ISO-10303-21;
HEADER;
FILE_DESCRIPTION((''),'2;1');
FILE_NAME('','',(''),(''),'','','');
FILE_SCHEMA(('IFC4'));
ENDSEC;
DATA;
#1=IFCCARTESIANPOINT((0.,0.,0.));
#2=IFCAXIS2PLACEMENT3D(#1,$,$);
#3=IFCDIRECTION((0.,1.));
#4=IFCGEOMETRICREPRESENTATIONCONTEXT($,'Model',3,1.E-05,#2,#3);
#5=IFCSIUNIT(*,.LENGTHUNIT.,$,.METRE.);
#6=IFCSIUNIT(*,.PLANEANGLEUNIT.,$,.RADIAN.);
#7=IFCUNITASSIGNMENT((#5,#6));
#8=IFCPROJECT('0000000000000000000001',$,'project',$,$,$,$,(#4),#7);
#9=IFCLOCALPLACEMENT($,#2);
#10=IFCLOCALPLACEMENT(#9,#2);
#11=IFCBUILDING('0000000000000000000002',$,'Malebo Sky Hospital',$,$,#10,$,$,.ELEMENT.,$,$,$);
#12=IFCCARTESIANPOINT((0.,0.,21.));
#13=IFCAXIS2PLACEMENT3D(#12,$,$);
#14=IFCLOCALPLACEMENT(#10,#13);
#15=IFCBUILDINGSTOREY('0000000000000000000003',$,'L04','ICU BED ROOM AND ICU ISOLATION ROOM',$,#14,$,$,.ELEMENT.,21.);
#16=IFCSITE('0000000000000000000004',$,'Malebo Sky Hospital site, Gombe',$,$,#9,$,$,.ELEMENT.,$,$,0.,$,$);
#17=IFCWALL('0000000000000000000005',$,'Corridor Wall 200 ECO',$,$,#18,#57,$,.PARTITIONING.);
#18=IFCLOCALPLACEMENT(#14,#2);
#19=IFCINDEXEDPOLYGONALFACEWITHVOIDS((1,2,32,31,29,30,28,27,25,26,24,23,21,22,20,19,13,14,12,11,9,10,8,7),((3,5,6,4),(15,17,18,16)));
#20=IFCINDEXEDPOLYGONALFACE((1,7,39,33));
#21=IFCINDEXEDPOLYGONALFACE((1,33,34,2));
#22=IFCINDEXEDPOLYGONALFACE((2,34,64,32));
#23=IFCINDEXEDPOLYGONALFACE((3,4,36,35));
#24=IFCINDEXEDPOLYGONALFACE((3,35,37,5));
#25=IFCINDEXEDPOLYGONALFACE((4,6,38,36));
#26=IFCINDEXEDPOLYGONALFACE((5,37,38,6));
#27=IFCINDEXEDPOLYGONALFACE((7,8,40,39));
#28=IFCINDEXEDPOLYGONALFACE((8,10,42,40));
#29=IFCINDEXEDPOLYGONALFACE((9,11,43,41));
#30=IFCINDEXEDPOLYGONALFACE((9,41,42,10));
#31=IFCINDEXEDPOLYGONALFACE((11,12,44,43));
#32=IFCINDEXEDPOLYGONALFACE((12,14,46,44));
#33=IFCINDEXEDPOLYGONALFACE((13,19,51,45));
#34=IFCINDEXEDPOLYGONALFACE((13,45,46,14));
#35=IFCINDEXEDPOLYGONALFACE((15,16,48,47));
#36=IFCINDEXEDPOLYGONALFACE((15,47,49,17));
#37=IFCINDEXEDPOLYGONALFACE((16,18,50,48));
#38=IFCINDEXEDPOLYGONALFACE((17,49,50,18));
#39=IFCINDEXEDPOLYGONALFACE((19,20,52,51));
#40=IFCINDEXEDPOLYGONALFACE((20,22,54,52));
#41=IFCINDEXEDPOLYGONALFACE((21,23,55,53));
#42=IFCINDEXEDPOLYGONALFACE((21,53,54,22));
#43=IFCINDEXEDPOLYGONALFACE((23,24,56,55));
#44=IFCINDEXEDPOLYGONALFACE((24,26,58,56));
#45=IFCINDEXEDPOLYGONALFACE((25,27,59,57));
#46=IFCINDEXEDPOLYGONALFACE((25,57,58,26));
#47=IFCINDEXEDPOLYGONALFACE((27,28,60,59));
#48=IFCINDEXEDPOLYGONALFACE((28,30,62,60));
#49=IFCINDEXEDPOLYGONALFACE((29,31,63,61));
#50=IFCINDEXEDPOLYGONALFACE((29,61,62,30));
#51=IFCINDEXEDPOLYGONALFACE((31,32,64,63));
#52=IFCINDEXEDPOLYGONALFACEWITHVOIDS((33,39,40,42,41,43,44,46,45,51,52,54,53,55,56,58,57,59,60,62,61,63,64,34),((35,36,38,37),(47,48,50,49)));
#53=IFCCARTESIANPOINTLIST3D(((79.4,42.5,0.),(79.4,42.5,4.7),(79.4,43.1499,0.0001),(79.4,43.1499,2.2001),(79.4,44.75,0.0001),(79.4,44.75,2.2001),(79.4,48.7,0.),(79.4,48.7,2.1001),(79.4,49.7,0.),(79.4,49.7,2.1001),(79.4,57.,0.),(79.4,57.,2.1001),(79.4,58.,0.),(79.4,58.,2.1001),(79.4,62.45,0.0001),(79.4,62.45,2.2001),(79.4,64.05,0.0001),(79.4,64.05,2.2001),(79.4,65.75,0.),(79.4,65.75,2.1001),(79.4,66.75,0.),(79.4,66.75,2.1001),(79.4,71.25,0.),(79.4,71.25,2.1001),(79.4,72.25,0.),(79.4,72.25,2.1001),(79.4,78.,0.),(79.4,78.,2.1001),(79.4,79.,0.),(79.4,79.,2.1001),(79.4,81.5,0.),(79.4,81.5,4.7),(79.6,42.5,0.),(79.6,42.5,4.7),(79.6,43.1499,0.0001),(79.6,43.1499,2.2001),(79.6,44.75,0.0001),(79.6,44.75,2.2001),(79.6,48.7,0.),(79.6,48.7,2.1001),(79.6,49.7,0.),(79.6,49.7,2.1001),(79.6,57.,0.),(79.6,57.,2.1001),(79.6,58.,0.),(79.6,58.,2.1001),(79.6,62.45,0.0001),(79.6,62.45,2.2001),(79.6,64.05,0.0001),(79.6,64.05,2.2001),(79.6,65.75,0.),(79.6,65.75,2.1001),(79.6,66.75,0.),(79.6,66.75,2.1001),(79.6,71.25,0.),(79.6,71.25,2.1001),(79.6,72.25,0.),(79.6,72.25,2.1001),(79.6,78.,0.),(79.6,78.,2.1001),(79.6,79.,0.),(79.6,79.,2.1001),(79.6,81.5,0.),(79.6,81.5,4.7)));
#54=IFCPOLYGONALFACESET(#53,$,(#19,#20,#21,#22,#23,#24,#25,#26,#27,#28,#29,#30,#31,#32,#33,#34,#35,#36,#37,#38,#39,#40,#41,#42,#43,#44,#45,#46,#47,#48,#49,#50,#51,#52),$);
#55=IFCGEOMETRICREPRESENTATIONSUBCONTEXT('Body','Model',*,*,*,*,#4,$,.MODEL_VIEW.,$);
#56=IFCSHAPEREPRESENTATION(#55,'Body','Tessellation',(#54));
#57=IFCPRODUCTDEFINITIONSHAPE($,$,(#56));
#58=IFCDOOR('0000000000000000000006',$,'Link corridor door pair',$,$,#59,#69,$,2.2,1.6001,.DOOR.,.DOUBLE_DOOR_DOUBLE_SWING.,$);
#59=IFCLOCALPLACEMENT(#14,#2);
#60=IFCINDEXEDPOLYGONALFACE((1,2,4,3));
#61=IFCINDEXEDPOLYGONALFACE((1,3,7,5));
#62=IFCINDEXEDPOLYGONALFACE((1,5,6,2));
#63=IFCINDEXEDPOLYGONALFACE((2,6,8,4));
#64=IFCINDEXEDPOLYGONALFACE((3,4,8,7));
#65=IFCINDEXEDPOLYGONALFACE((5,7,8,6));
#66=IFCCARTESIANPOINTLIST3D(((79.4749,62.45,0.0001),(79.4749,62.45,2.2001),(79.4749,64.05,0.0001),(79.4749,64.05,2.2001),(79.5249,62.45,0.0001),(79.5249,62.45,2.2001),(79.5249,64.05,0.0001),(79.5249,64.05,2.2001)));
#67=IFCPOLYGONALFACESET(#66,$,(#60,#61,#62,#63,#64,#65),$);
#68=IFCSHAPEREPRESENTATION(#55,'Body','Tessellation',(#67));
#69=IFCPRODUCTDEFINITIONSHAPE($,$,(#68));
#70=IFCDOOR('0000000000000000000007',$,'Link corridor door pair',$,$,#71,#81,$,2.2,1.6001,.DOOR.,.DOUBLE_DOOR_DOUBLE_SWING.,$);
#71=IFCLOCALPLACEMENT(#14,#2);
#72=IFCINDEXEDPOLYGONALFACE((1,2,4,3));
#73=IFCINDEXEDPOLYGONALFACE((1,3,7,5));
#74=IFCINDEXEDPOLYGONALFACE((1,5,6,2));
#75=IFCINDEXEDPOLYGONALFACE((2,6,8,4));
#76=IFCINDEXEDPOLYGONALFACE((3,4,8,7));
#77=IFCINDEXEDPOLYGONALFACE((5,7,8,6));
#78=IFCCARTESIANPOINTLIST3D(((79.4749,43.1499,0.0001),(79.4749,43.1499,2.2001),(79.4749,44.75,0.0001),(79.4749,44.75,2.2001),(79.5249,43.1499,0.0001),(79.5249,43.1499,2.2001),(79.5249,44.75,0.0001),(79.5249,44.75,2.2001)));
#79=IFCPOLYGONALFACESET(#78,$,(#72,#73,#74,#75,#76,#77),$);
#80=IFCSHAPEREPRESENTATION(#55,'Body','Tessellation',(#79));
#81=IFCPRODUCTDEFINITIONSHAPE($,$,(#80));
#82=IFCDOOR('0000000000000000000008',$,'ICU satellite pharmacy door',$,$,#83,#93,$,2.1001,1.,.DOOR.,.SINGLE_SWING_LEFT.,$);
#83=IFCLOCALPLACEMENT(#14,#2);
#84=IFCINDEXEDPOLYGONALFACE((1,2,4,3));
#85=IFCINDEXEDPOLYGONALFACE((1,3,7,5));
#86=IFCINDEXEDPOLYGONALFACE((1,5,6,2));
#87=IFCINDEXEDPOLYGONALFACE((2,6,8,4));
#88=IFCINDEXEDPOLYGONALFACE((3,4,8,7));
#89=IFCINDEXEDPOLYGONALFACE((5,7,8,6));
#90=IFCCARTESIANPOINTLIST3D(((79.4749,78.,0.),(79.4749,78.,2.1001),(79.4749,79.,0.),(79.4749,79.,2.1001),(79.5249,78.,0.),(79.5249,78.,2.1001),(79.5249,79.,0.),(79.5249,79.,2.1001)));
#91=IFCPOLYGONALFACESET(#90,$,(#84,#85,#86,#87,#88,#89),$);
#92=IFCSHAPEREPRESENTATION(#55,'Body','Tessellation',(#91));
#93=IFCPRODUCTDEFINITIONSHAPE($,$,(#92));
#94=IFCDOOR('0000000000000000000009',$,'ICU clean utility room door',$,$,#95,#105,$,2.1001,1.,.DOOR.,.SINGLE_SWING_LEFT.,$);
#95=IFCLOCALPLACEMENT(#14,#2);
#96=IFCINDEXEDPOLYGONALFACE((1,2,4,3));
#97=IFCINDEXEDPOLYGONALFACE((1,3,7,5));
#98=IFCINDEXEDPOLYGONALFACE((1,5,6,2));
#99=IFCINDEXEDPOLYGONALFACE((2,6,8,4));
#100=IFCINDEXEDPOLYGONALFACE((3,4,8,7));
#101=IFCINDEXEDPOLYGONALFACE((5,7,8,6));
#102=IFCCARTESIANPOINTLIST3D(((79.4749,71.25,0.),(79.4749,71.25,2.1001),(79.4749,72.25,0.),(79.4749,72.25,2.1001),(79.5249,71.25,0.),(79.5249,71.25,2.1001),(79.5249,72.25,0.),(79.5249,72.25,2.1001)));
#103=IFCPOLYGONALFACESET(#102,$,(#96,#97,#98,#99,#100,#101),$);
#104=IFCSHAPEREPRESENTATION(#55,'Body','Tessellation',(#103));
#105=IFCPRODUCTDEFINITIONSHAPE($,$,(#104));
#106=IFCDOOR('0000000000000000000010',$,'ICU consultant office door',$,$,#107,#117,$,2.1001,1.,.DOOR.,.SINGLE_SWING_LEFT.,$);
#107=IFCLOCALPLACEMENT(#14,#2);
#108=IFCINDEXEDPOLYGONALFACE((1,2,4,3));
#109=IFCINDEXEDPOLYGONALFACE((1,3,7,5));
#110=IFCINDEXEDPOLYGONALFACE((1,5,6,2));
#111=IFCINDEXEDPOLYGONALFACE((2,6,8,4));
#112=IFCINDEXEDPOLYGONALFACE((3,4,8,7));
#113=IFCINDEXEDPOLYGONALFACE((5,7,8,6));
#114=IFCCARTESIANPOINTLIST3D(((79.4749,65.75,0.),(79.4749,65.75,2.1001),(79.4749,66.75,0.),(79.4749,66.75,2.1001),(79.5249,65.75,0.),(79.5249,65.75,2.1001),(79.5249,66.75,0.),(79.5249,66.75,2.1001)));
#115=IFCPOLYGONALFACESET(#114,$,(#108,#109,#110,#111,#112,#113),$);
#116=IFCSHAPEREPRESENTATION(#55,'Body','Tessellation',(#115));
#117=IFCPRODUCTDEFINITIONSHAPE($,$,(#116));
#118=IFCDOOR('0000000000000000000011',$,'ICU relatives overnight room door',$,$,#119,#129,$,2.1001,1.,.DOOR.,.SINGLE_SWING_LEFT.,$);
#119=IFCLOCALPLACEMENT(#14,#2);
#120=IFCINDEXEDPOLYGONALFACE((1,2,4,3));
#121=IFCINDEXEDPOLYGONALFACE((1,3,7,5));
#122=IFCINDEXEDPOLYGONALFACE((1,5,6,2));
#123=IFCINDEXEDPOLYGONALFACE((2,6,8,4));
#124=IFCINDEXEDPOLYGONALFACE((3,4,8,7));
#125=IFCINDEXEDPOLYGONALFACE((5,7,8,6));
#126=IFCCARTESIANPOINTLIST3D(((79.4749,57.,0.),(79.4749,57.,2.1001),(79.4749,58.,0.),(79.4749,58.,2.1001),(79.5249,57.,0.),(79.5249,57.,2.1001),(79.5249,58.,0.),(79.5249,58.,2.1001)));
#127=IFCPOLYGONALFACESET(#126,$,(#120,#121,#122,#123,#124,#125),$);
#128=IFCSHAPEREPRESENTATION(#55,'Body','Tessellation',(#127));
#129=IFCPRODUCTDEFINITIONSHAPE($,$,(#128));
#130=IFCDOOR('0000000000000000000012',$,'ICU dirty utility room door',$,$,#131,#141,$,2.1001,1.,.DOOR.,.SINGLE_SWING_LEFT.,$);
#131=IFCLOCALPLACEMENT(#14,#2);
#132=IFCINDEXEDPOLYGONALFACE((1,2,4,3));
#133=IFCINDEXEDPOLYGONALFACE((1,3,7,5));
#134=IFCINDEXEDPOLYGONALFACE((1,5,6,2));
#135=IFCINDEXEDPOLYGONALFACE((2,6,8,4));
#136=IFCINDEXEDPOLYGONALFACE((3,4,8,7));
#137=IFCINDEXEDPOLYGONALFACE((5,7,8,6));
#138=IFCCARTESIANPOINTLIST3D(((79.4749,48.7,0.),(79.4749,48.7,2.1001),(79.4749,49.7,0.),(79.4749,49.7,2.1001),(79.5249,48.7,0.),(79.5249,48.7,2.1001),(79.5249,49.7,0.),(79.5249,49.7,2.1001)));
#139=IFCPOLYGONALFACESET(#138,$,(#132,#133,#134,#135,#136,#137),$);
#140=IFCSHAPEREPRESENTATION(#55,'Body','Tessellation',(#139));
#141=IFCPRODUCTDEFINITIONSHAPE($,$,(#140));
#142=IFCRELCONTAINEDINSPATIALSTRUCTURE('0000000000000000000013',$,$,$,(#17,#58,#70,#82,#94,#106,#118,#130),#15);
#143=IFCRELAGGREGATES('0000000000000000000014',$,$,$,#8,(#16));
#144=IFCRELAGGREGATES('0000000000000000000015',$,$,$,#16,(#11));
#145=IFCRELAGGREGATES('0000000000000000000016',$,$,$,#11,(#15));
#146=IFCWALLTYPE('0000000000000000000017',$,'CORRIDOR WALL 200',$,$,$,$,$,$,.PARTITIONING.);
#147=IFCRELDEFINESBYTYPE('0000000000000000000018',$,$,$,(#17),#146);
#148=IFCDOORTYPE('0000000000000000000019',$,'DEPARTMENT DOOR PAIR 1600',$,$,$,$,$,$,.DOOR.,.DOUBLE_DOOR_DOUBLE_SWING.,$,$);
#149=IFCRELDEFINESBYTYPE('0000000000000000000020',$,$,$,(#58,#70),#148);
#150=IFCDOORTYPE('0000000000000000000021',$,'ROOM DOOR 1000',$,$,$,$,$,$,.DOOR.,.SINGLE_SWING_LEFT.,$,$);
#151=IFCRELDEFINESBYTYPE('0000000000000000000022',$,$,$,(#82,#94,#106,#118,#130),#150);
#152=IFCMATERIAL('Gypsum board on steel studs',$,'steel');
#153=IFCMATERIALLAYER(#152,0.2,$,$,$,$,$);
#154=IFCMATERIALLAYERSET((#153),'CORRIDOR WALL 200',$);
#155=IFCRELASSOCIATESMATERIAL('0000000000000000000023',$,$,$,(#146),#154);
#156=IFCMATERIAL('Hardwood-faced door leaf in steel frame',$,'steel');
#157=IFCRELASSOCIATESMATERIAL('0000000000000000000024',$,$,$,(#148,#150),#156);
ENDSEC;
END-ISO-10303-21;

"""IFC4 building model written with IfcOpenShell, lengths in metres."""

from ifc_helpers import new_model, si_unit, direction, frame, frame_2d, origin, place, context, subcontext, project, spatial, rectangle, extrude, material, layer, layer_set, type_object, element, fill, save


model = new_model("IFC4")

# Units and contexts
model_context = context("Model", 3, precision=1e-05, world=origin(), true_north=direction((0.0, 1.0)))
body_context = subcontext(model_context, "Body", "Model", "MODEL_VIEW")
ifc_project = project(units=[si_unit("LENGTHUNIT", "METRE"), si_unit("PLANEANGLEUNIT", "RADIAN")], contexts=[model_context])

# Site, building, storey
site_placement = place(None, origin())
site = spatial("IfcSite", under=ifc_project, at=site_placement, Name="Malebo Sky Hospital site, Gombe", CompositionType="ELEMENT", RefElevation=0.0)
building_placement = place(site_placement, origin())
building = spatial("IfcBuilding", under=site, at=building_placement, Name="Malebo Sky Hospital", CompositionType="ELEMENT")
storey_placement = place(building_placement, frame((0.0, 0.0, 21.0)))
storey = spatial("IfcBuildingStorey", under=building, at=storey_placement, Name="L04", Description="ICU BED ROOM AND ICU ISOLATION ROOM", CompositionType="ELEMENT", Elevation=21.0)

# Wall, openings, doors
ifc_material_1 = material(Name="Gypsum board on steel studs", Category="steel")
ifc_layer_1 = layer(ifc_material_1, 0.2)
ifc_layer_set_1 = layer_set([ifc_layer_1], Name="CORRIDOR WALL 200")
wall_type_1 = type_object("IfcWallType", Name="CORRIDOR WALL 200", PredefinedType="PARTITIONING", material=ifc_layer_set_1)
wall_1_placement = place(storey_placement, frame((79.5, 81.5, 0.0), z_axis=(0.0, 0.0, 1.0), x_axis=(0.0, -1.0, 0.0)))
wall_1 = element("IfcWall", 1, at=wall_1_placement, inside=storey, type_object=wall_type_1, Name="Corridor Wall 200 ECO", PredefinedType="PARTITIONING", context=body_context, shape_type="SweptSolid", body=[
    extrude(rectangle(XDim=39.0, YDim=0.2, at=frame_2d((19.5, 0.0))), origin(), (0.0, 0.0, 1.0), 4.7),
])
opening_1_placement = place(wall_1_placement, frame((2.5, 0.0, 0.0)))
opening_1 = element("IfcOpeningElement", 2, at=opening_1_placement, cuts=wall_1, PredefinedType="OPENING", context=body_context, shape_type="SweptSolid", body=[
    extrude(rectangle(XDim=1.0, YDim=2.1001, at=frame_2d((0.5, 1.05))), frame((0.0, 0.1099, 0.0), z_axis=(0.0, -1.0, 0.0), x_axis=(1.0, 0.0, 0.0)), (0.0, 0.0, 1.0), 0.22),
])
opening_2_placement = place(wall_1_placement, frame((9.25, 0.0, 0.0)))
opening_2 = element("IfcOpeningElement", 3, at=opening_2_placement, cuts=wall_1, PredefinedType="OPENING", context=body_context, shape_type="SweptSolid", body=[
    extrude(rectangle(XDim=1.0, YDim=2.1001, at=frame_2d((0.5, 1.05))), frame((0.0, 0.1099, 0.0), z_axis=(0.0, -1.0, 0.0), x_axis=(1.0, 0.0, 0.0)), (0.0, 0.0, 1.0), 0.22),
])
opening_3_placement = place(wall_1_placement, frame((14.75, 0.0, 0.0)))
opening_3 = element("IfcOpeningElement", 4, at=opening_3_placement, cuts=wall_1, PredefinedType="OPENING", context=body_context, shape_type="SweptSolid", body=[
    extrude(rectangle(XDim=1.0, YDim=2.1001, at=frame_2d((0.5, 1.05))), frame((0.0, 0.1099, 0.0), z_axis=(0.0, -1.0, 0.0), x_axis=(1.0, 0.0, 0.0)), (0.0, 0.0, 1.0), 0.22),
])
opening_4_placement = place(wall_1_placement, frame((17.45, 0.0, 0.0)))
opening_4 = element("IfcOpeningElement", 5, at=opening_4_placement, cuts=wall_1, PredefinedType="OPENING", context=body_context, shape_type="SweptSolid", body=[
    extrude(rectangle(XDim=1.6001, YDim=2.2, at=frame_2d((0.8, 1.1001))), frame((0.0, 0.1099, 0.0), z_axis=(0.0, -1.0, 0.0), x_axis=(1.0, 0.0, 0.0)), (0.0, 0.0, 1.0), 0.22),
])
opening_5_placement = place(wall_1_placement, frame((23.5, 0.0, 0.0)))
opening_5 = element("IfcOpeningElement", 6, at=opening_5_placement, cuts=wall_1, PredefinedType="OPENING", context=body_context, shape_type="SweptSolid", body=[
    extrude(rectangle(XDim=1.0, YDim=2.1001, at=frame_2d((0.5, 1.05))), frame((0.0, 0.1099, 0.0), z_axis=(0.0, -1.0, 0.0), x_axis=(1.0, 0.0, 0.0)), (0.0, 0.0, 1.0), 0.22),
])
opening_6_placement = place(wall_1_placement, frame((31.8, 0.0, 0.0)))
opening_6 = element("IfcOpeningElement", 7, at=opening_6_placement, cuts=wall_1, PredefinedType="OPENING", context=body_context, shape_type="SweptSolid", body=[
    extrude(rectangle(XDim=1.0, YDim=2.1001, at=frame_2d((0.5, 1.05))), frame((0.0, 0.1099, 0.0), z_axis=(0.0, -1.0, 0.0), x_axis=(1.0, 0.0, 0.0)), (0.0, 0.0, 1.0), 0.22),
])
opening_7_placement = place(wall_1_placement, frame((36.75, 0.0, 0.0)))
opening_7 = element("IfcOpeningElement", 8, at=opening_7_placement, cuts=wall_1, PredefinedType="OPENING", context=body_context, shape_type="SweptSolid", body=[
    extrude(rectangle(XDim=1.6001, YDim=2.2, at=frame_2d((0.8, 1.1001))), frame((0.0, 0.1099, 0.0), z_axis=(0.0, -1.0, 0.0), x_axis=(1.0, 0.0, 0.0)), (0.0, 0.0, 1.0), 0.22),
])
ifc_material_2 = material(Name="Hardwood-faced door leaf in steel frame", Category="steel")
door_type_1 = type_object("IfcDoorType", Name="DEPARTMENT DOOR PAIR 1600", OperationType="DOUBLE_DOOR_DOUBLE_SWING", PredefinedType="DOOR", material=ifc_material_2)
door_1_placement = place(opening_4_placement, origin())
door_1 = element("IfcDoor", 9, at=door_1_placement, inside=storey, type_object=door_type_1, Name="Link corridor door pair", OperationType="DOUBLE_DOOR_DOUBLE_SWING", OverallHeight=2.2, OverallWidth=1.6001, PredefinedType="DOOR", context=body_context, shape_type="SweptSolid", body=[
    extrude(rectangle(XDim=1.6001, YDim=2.2, at=frame_2d((0.8, 1.1001))), frame((0.0, 0.0249, 0.0), z_axis=(0.0, -1.0, 0.0), x_axis=(1.0, 0.0, 0.0)), (0.0, 0.0, 1.0), 0.05),
])
fill(opening_4, door_1)
door_2_placement = place(opening_7_placement, origin())
door_2 = element("IfcDoor", 10, at=door_2_placement, inside=storey, type_object=door_type_1, Name="Link corridor door pair", OperationType="DOUBLE_DOOR_DOUBLE_SWING", OverallHeight=2.2, OverallWidth=1.6001, PredefinedType="DOOR", context=body_context, shape_type="SweptSolid", body=[
    extrude(rectangle(XDim=1.6001, YDim=2.2, at=frame_2d((0.8, 1.1001))), frame((0.0, 0.0249, 0.0), z_axis=(0.0, -1.0, 0.0), x_axis=(1.0, 0.0, 0.0)), (0.0, 0.0, 1.0), 0.05),
])
fill(opening_7, door_2)
door_type_2 = type_object("IfcDoorType", Name="ROOM DOOR 1000", OperationType="SINGLE_SWING_LEFT", PredefinedType="DOOR", material=ifc_material_2)
door_3_placement = place(opening_1_placement, origin())
door_3 = element("IfcDoor", 11, at=door_3_placement, inside=storey, type_object=door_type_2, Name="ICU satellite pharmacy door", OperationType="SINGLE_SWING_LEFT", OverallHeight=2.1001, OverallWidth=1.0, PredefinedType="DOOR", context=body_context, shape_type="SweptSolid", body=[
    extrude(rectangle(XDim=1.0, YDim=2.1001, at=frame_2d((0.5, 1.05))), frame((0.0, 0.0249, 0.0), z_axis=(0.0, -1.0, 0.0), x_axis=(1.0, 0.0, 0.0)), (0.0, 0.0, 1.0), 0.05),
])
fill(opening_1, door_3)
door_4_placement = place(opening_2_placement, origin())
door_4 = element("IfcDoor", 12, at=door_4_placement, inside=storey, type_object=door_type_2, Name="ICU clean utility room door", OperationType="SINGLE_SWING_LEFT", OverallHeight=2.1001, OverallWidth=1.0, PredefinedType="DOOR", context=body_context, shape_type="SweptSolid", body=[
    extrude(rectangle(XDim=1.0, YDim=2.1001, at=frame_2d((0.5, 1.05))), frame((0.0, 0.0249, 0.0), z_axis=(0.0, -1.0, 0.0), x_axis=(1.0, 0.0, 0.0)), (0.0, 0.0, 1.0), 0.05),
])
fill(opening_2, door_4)
door_5_placement = place(opening_3_placement, origin())
door_5 = element("IfcDoor", 13, at=door_5_placement, inside=storey, type_object=door_type_2, Name="ICU consultant office door", OperationType="SINGLE_SWING_LEFT", OverallHeight=2.1001, OverallWidth=1.0, PredefinedType="DOOR", context=body_context, shape_type="SweptSolid", body=[
    extrude(rectangle(XDim=1.0, YDim=2.1001, at=frame_2d((0.5, 1.05))), frame((0.0, 0.0249, 0.0), z_axis=(0.0, -1.0, 0.0), x_axis=(1.0, 0.0, 0.0)), (0.0, 0.0, 1.0), 0.05),
])
fill(opening_3, door_5)
door_6_placement = place(opening_5_placement, origin())
door_6 = element("IfcDoor", 14, at=door_6_placement, inside=storey, type_object=door_type_2, Name="ICU relatives overnight room door", OperationType="SINGLE_SWING_LEFT", OverallHeight=2.1001, OverallWidth=1.0, PredefinedType="DOOR", context=body_context, shape_type="SweptSolid", body=[
    extrude(rectangle(XDim=1.0, YDim=2.1001, at=frame_2d((0.5, 1.05))), frame((0.0, 0.0249, 0.0), z_axis=(0.0, -1.0, 0.0), x_axis=(1.0, 0.0, 0.0)), (0.0, 0.0, 1.0), 0.05),
])
fill(opening_5, door_6)
door_7_placement = place(opening_6_placement, origin())
door_7 = element("IfcDoor", 15, at=door_7_placement, inside=storey, type_object=door_type_2, Name="ICU dirty utility room door", OperationType="SINGLE_SWING_LEFT", OverallHeight=2.1001, OverallWidth=1.0, PredefinedType="DOOR", context=body_context, shape_type="SweptSolid", body=[
    extrude(rectangle(XDim=1.0, YDim=2.1001, at=frame_2d((0.5, 1.05))), frame((0.0, 0.0249, 0.0), z_axis=(0.0, -1.0, 0.0), x_axis=(1.0, 0.0, 0.0)), (0.0, 0.0, 1.0), 0.05),
])
fill(opening_6, door_7)

save(model, "model.ifc")
